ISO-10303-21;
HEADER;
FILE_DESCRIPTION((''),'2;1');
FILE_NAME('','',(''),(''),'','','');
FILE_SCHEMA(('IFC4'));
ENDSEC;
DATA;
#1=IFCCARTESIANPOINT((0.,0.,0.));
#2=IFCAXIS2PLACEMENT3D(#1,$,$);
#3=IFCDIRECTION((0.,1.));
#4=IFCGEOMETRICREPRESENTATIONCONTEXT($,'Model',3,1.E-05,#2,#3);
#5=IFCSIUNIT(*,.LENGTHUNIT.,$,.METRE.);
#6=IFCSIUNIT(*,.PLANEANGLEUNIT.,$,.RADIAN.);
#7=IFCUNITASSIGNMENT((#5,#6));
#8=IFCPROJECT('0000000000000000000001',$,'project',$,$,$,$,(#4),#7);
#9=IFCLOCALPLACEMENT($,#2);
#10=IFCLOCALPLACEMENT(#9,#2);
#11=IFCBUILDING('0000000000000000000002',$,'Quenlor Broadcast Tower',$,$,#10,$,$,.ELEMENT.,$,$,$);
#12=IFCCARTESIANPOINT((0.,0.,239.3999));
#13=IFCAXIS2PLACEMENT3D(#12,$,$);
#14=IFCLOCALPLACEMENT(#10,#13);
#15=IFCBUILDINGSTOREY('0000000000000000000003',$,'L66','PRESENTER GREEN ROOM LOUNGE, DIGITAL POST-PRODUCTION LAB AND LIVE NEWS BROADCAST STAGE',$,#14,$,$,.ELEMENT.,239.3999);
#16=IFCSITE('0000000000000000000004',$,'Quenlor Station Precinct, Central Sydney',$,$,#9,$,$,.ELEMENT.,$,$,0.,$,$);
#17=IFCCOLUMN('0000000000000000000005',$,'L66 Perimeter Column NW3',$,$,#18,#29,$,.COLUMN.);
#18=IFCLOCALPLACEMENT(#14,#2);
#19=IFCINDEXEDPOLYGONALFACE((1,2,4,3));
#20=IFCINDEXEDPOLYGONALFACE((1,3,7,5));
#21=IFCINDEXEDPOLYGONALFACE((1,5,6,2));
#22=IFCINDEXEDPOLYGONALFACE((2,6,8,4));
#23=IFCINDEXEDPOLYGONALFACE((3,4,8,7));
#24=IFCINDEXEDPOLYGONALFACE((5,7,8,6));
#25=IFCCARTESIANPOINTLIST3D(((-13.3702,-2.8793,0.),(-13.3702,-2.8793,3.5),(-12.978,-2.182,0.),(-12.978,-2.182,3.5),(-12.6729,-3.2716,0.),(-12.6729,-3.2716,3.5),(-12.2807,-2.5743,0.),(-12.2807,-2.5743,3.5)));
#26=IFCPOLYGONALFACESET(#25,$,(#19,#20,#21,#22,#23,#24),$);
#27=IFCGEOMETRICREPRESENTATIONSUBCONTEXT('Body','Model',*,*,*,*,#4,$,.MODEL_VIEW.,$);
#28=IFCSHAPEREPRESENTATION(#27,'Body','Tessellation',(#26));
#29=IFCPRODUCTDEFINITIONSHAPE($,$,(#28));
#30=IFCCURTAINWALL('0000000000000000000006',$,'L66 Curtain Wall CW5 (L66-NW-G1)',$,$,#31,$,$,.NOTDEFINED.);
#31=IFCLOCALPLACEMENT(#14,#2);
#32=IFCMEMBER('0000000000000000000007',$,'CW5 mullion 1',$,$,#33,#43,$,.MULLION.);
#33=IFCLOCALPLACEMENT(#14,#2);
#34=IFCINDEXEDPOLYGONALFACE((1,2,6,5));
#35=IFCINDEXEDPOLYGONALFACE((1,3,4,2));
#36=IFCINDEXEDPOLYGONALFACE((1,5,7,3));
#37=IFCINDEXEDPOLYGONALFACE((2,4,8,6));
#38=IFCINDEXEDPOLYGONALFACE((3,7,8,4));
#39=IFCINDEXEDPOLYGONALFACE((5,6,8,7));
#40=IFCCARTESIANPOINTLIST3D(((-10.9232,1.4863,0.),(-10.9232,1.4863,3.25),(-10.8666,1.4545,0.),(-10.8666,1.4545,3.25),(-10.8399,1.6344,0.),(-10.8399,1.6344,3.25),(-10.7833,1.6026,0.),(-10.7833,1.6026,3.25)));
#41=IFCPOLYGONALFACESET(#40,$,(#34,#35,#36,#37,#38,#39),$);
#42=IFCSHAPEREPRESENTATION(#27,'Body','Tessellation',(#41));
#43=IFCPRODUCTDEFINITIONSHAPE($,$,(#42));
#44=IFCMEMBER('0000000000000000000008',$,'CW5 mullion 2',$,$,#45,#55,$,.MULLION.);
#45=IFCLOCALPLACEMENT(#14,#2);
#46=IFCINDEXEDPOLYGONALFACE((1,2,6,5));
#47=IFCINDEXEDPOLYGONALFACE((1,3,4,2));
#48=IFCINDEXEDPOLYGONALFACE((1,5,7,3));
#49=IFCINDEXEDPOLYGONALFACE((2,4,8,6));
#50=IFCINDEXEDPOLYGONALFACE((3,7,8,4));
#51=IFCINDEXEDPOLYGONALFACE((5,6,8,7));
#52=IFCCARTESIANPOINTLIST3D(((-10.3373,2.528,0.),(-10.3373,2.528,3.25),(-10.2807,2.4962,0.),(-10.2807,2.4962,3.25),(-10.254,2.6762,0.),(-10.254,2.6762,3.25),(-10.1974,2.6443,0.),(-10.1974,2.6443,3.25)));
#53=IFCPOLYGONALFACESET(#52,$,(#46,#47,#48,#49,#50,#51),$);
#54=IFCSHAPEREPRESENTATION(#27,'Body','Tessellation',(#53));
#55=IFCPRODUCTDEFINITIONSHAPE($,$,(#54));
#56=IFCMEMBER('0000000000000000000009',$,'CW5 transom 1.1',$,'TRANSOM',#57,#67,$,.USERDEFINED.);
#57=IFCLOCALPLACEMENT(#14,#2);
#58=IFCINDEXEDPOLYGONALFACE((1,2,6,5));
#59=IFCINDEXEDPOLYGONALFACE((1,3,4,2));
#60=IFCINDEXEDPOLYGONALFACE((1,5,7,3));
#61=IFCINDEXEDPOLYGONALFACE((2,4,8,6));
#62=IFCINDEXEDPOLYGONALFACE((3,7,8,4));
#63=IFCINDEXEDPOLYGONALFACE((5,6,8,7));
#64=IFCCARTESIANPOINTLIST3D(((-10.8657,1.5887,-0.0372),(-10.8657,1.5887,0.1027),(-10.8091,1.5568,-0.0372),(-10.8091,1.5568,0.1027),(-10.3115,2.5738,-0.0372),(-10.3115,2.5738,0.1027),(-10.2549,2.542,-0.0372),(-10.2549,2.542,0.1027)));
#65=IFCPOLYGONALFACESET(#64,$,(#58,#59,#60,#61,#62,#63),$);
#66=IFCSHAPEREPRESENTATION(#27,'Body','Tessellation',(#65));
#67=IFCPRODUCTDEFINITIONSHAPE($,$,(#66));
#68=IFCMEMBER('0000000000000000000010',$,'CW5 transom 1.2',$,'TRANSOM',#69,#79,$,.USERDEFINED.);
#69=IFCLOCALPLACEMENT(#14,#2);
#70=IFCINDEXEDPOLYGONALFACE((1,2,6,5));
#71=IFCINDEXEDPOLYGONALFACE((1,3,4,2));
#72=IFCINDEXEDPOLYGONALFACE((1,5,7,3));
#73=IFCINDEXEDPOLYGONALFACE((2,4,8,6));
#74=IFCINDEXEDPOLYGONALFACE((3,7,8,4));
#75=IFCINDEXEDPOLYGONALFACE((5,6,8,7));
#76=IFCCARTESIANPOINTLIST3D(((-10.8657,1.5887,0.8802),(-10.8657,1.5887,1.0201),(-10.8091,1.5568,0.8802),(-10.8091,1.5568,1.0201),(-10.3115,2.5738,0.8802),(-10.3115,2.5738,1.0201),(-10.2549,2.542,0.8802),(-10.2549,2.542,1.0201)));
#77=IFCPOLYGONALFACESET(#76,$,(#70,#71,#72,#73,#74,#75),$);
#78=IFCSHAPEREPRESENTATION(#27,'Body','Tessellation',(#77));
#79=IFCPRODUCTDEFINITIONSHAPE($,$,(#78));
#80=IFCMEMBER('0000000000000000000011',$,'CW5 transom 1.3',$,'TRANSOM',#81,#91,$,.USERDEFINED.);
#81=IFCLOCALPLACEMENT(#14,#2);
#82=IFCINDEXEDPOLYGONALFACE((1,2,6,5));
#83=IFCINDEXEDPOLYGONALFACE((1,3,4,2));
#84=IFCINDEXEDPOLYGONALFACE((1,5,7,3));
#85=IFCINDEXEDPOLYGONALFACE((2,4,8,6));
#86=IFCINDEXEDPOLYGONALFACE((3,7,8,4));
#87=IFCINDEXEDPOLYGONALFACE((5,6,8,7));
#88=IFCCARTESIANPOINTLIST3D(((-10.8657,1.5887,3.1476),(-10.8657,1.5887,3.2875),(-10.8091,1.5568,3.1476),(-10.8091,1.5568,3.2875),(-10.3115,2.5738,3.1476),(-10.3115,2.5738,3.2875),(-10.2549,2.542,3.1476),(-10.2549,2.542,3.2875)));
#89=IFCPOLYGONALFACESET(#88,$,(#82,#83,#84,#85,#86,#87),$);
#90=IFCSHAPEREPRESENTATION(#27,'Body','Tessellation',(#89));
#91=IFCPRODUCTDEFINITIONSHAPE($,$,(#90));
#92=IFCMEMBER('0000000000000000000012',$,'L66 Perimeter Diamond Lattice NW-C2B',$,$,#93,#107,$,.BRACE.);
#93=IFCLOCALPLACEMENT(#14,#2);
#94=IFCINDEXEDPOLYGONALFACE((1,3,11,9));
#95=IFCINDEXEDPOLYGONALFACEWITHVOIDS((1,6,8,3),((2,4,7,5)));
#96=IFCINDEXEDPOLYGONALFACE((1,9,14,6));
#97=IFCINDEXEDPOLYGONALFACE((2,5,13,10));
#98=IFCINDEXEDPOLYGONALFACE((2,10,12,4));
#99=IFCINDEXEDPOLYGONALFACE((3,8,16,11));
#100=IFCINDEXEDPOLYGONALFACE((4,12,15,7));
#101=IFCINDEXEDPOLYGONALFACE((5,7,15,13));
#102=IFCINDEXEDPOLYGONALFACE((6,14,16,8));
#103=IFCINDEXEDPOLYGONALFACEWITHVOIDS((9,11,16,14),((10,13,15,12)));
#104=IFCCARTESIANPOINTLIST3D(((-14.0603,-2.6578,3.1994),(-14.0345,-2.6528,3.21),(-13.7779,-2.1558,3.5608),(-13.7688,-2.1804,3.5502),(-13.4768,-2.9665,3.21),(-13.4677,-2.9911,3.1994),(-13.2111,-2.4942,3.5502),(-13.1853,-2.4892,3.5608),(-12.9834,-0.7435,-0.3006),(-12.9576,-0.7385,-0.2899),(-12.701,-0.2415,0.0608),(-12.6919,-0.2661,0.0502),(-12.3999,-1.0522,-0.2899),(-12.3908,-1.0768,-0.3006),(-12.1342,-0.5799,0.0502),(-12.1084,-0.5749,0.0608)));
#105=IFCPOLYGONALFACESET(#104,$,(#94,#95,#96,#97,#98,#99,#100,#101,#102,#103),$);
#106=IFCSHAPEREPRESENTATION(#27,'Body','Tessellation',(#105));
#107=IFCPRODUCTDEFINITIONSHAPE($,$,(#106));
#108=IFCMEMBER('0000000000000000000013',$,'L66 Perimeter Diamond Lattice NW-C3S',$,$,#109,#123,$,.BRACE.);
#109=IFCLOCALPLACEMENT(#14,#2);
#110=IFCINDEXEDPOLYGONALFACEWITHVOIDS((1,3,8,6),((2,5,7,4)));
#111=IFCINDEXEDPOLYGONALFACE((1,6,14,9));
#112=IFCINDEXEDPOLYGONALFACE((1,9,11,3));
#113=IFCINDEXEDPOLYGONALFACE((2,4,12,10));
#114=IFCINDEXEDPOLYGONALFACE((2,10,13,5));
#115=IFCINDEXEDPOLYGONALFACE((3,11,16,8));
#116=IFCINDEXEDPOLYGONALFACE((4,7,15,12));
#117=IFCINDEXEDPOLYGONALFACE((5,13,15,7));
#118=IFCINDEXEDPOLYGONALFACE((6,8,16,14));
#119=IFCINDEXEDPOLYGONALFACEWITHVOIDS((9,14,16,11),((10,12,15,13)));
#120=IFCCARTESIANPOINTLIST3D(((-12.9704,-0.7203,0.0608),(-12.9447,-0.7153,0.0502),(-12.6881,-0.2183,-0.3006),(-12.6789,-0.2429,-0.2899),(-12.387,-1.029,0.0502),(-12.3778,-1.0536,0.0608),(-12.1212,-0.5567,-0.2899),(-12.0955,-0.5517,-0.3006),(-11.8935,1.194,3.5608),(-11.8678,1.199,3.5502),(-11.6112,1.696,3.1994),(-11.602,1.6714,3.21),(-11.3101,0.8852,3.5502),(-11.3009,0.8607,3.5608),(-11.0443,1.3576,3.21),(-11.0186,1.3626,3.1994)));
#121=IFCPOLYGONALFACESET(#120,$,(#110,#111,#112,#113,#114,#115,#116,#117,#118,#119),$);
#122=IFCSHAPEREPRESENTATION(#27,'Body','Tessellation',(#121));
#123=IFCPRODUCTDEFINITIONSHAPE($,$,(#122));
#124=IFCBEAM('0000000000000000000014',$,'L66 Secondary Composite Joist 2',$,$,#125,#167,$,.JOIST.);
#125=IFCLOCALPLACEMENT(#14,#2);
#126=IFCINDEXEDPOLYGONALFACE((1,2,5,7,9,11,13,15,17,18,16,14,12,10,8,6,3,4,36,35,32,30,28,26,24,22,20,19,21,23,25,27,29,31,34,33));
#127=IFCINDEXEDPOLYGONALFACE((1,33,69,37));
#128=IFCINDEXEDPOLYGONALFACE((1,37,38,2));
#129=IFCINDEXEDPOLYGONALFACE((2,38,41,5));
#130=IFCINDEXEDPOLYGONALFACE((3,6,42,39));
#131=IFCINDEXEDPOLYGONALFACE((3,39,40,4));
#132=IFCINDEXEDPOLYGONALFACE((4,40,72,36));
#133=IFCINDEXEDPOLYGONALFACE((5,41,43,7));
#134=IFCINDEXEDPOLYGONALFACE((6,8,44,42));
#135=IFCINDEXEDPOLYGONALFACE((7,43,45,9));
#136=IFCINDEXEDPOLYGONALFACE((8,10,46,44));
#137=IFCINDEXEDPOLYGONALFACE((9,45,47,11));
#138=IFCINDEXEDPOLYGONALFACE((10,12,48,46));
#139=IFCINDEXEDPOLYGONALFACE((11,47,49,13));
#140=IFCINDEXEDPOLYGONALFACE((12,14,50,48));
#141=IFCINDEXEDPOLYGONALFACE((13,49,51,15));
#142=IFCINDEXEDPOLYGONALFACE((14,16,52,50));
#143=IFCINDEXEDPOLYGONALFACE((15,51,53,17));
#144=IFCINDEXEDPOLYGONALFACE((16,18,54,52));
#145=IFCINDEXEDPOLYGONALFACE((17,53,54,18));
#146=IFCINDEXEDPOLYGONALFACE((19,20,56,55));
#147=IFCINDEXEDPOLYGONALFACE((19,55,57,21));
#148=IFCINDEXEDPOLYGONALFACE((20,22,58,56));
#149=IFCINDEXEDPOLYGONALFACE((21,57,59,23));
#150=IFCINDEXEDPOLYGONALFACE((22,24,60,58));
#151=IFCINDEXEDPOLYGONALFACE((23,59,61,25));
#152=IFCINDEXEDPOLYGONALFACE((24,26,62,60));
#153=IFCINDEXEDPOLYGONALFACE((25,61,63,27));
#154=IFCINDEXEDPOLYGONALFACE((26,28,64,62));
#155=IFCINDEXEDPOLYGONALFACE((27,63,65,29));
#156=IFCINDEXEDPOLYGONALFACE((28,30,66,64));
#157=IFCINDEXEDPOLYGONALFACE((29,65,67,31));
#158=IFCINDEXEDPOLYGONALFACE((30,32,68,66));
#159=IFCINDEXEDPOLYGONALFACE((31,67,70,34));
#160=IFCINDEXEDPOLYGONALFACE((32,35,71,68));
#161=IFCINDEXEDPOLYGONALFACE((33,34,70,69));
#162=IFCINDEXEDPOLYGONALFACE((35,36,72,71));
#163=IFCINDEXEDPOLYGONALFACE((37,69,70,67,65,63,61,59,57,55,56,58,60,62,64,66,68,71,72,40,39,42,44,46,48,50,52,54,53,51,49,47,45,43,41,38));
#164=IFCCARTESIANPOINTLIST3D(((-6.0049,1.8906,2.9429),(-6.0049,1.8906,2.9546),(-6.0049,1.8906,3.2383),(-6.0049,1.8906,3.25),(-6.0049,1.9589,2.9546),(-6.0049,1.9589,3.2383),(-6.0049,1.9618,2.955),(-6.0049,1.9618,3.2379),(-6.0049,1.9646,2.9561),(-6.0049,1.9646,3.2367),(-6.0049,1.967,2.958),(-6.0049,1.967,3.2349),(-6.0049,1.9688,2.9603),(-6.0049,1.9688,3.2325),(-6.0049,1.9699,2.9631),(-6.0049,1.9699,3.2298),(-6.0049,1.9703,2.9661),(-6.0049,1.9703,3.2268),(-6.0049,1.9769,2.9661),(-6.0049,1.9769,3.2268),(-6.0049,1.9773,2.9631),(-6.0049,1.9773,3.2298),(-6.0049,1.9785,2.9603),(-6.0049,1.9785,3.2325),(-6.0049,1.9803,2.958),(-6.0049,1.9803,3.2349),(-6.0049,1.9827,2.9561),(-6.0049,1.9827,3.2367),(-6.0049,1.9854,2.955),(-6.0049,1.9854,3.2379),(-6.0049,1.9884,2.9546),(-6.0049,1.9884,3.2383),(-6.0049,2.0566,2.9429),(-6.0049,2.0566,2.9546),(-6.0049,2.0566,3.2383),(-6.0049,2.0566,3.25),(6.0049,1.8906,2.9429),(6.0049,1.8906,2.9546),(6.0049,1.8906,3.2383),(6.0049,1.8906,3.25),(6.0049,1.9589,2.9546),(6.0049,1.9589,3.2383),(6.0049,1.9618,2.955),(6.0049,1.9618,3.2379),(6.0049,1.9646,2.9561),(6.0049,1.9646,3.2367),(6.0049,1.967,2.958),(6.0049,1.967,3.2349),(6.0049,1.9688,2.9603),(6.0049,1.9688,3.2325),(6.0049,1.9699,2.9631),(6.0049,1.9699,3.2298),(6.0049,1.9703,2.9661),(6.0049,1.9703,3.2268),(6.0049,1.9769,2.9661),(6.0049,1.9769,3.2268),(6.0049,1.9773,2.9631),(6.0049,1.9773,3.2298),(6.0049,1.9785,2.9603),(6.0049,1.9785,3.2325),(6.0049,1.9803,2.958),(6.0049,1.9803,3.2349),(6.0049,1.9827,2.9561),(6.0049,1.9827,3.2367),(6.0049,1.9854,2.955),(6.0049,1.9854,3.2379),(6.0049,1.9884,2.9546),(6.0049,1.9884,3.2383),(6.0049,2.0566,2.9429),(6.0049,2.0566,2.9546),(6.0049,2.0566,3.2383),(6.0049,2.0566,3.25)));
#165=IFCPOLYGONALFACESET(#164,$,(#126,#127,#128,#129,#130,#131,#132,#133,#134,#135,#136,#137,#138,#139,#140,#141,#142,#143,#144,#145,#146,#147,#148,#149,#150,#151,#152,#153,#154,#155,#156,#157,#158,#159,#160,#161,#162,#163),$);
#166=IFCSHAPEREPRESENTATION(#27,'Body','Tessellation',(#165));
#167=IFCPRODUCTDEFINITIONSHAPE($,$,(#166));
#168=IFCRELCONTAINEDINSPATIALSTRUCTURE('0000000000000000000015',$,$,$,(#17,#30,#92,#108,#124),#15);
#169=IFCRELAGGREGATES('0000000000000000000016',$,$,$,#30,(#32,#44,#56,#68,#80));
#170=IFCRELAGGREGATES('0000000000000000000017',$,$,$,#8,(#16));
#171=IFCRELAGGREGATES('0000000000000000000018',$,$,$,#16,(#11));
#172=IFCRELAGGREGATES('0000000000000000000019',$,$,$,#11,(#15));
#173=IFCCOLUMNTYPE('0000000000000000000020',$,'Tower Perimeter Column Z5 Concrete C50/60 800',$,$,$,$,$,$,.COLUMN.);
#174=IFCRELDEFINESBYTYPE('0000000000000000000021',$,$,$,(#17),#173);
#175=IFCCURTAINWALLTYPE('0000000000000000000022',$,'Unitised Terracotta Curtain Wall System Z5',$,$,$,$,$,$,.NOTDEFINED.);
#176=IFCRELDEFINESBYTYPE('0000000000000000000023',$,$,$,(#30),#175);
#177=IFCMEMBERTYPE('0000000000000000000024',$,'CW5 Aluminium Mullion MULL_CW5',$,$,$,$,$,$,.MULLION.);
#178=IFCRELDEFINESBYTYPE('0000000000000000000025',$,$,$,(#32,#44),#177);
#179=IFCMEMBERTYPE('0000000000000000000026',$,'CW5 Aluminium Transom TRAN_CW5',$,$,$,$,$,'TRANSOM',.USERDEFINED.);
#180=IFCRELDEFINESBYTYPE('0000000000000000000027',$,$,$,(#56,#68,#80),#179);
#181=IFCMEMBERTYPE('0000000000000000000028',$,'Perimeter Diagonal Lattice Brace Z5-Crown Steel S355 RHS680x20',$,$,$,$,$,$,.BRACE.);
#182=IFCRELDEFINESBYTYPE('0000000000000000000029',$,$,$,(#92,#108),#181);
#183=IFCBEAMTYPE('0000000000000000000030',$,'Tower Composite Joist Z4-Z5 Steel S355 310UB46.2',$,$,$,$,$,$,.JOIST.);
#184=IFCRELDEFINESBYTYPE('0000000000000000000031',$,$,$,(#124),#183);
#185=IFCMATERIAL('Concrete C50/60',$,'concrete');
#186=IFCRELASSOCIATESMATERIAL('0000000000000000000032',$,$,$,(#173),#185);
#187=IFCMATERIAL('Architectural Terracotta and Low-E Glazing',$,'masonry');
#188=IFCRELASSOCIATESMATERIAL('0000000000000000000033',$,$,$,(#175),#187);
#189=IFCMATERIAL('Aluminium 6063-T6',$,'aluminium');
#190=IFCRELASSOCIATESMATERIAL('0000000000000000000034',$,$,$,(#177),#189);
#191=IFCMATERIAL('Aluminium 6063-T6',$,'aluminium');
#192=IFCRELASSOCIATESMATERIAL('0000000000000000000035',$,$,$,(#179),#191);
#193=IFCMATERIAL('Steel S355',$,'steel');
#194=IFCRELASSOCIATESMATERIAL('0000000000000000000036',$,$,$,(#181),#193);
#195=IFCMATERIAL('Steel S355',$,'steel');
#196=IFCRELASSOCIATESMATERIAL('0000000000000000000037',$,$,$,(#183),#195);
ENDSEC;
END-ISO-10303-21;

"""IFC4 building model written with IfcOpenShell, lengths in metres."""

from ifc_helpers import new_model, si_unit, direction, frame, origin, origin_2d, place, context, subcontext, project, spatial, rectangle, hollow_rectangle, i_section, extrude, material, material_profile, profile_set, type_object, element, aggregate, save


model = new_model("IFC4")

# Units and contexts
model_context = context("Model", 3, precision=1e-05, world=origin(), true_north=direction((0.0, 1.0)))
body_context = subcontext(model_context, "Body", "Model", "MODEL_VIEW")
ifc_project = project(units=[si_unit("LENGTHUNIT", "METRE"), si_unit("PLANEANGLEUNIT", "RADIAN")], contexts=[model_context])

# Site, building, storey
site_placement = place(None, origin())
site = spatial("IfcSite", under=ifc_project, at=site_placement, Name="Quenlor Station Precinct, Central Sydney", CompositionType="ELEMENT", RefElevation=0.0)
building_placement = place(site_placement, origin())
building = spatial("IfcBuilding", under=site, at=building_placement, Name="Quenlor Broadcast Tower", CompositionType="ELEMENT")
storey_placement = place(building_placement, frame((0.0, 0.0, 239.3999)))
storey = spatial("IfcBuildingStorey", under=building, at=storey_placement, Name="L66", Description="PRESENTER GREEN ROOM LOUNGE, DIGITAL POST-PRODUCTION LAB AND LIVE NEWS BROADCAST STAGE", CompositionType="ELEMENT", Elevation=239.3999)

# Column
ifc_material_1 = material(Name="Concrete C50/60", Category="concrete")
ifc_material_profile_1 = material_profile(ifc_material_1, rectangle(XDim=0.8, YDim=0.8, at=origin_2d()))
ifc_profile_set_1 = profile_set([ifc_material_profile_1], Name="Concrete C50/60 RC800x800")
column_type = type_object("IfcColumnType", Name="Tower Perimeter Column Z5 Concrete C50/60 800", PredefinedType="COLUMN", material=ifc_profile_set_1)
column_placement = place(storey_placement, frame((-12.8254, -2.7268, 0.0), z_axis=(0.0, 0.0, 1.0), x_axis=(-0.871575, 0.490262, 0.0)))
element("IfcColumn", 1, at=column_placement, inside=storey, type_object=column_type, Name="L66 Perimeter Column NW3", PredefinedType="COLUMN", context=body_context, shape_type="SweptSolid", body=[
    extrude(rectangle(XDim=0.8, YDim=0.8, at=origin_2d()), origin(), (0.0, 0.0, 1.0), 3.5),
])

# Curtain wall, members
ifc_material_2 = material(Name="Architectural Terracotta and Low-E Glazing", Category="masonry")
curtain_wall_type = type_object("IfcCurtainWallType", Name="Unitised Terracotta Curtain Wall System Z5", PredefinedType="NOTDEFINED", material=ifc_material_2)
curtain_wall_placement = place(storey_placement, origin())
curtain_wall = element("IfcCurtainWall", 2, at=curtain_wall_placement, inside=storey, type_object=curtain_wall_type, Name="L66 Curtain Wall CW5 (L66-NW-G1)", PredefinedType="NOTDEFINED")
ifc_material_3 = material(Name="Aluminium 6063-T6", Category="aluminium")
ifc_material_profile_2 = material_profile(ifc_material_3, rectangle(XDim=0.0649, YDim=0.1699, at=origin_2d()))
ifc_profile_set_2 = profile_set([ifc_material_profile_2], Name="Aluminium 6063-T6 MULL65x170")
member_type_1 = type_object("IfcMemberType", Name="CW5 Aluminium Mullion MULL_CW5", PredefinedType="MULLION", material=ifc_profile_set_2)
member_1_placement = place(storey_placement, frame((-10.8533, 1.5444, 0.0), z_axis=(0.0, 0.0, 1.0), x_axis=(-0.871592, 0.490231, 0.0)))
member_1 = element("IfcMember", 3, at=member_1_placement, type_object=member_type_1, Name="CW5 mullion 1", PredefinedType="MULLION", context=body_context, shape_type="SweptSolid", body=[
    extrude(rectangle(XDim=0.0649, YDim=0.1699, at=origin_2d()), origin(), (0.0, 0.0, 1.0), 3.25),
])
member_2_placement = place(storey_placement, frame((-10.2673, 2.5862, 0.0), z_axis=(0.0, 0.0, 1.0), x_axis=(-0.871592, 0.490231, 0.0)))
member_2 = element("IfcMember", 4, at=member_2_placement, type_object=member_type_1, Name="CW5 mullion 2", PredefinedType="MULLION", context=body_context, shape_type="SweptSolid", body=[
    extrude(rectangle(XDim=0.0649, YDim=0.1699, at=origin_2d()), origin(), (0.0, 0.0, 1.0), 3.25),
])
ifc_material_4 = material(Name="Aluminium 6063-T6", Category="aluminium")
ifc_material_profile_3 = material_profile(ifc_material_4, rectangle(XDim=0.0649, YDim=0.1399, at=origin_2d()))
ifc_profile_set_3 = profile_set([ifc_material_profile_3], Name="Aluminium 6063-T6 TRAN65x140")
member_type_2 = type_object("IfcMemberType", Name="CW5 Aluminium Transom TRAN_CW5", ElementType="TRANSOM", PredefinedType="USERDEFINED", material=ifc_profile_set_3)
member_3_placement = place(storey_placement, frame((-10.8374, 1.5728, 0.0327), z_axis=(0.490313, 0.871547, 0.0), x_axis=(-0.871547, 0.490313, 0.0)))
member_3 = element("IfcMember", 5, at=member_3_placement, type_object=member_type_2, Name="CW5 transom 1.1", ObjectType="TRANSOM", PredefinedType="USERDEFINED", context=body_context, shape_type="SweptSolid", body=[
    extrude(rectangle(XDim=0.0649, YDim=0.1399, at=origin_2d()), origin(), (0.0, 0.0, 1.0), 1.1304),
])
member_4_placement = place(storey_placement, frame((-10.8374, 1.5728, 0.9502), z_axis=(0.490313, 0.871547, 0.0), x_axis=(-0.871547, 0.490313, 0.0)))
member_4 = element("IfcMember", 6, at=member_4_placement, type_object=member_type_2, Name="CW5 transom 1.2", ObjectType="TRANSOM", PredefinedType="USERDEFINED", context=body_context, shape_type="SweptSolid", body=[
    extrude(rectangle(XDim=0.0649, YDim=0.1399, at=origin_2d()), origin(), (0.0, 0.0, 1.0), 1.1304),
])
member_5_placement = place(storey_placement, frame((-10.8374, 1.5728, 3.2175), z_axis=(0.490313, 0.871547, 0.0), x_axis=(-0.871547, 0.490313, 0.0)))
member_5 = element("IfcMember", 7, at=member_5_placement, type_object=member_type_2, Name="CW5 transom 1.3", ObjectType="TRANSOM", PredefinedType="USERDEFINED", context=body_context, shape_type="SweptSolid", body=[
    extrude(rectangle(XDim=0.0649, YDim=0.1399, at=origin_2d()), origin(), (0.0, 0.0, 1.0), 1.1304),
])

# Members
ifc_material_5 = material(Name="Steel S355", Category="steel")
ifc_material_profile_4 = material_profile(ifc_material_5, hollow_rectangle(XDim=0.6799, YDim=0.6799, WallThickness=0.02, at=origin_2d()))
ifc_profile_set_4 = profile_set([ifc_material_profile_4], Name="Steel S355 RHS680x680x20")
member_type_3 = type_object("IfcMemberType", Name="Perimeter Diagonal Lattice Brace Z5-Crown Steel S355 RHS680x20", PredefinedType="BRACE", material=ifc_profile_set_4)
for number, where, z_axis, x_axis, name in (
    (8, (-12.5459, -0.6592, -0.1199), (-0.260619, -0.463276, 0.847026), (0.871555, -0.490298, 0.0), "L66 Perimeter Diamond Lattice NW-C2B"),
    (9, (-12.533, -0.636, -0.1199), (0.260619, 0.463276, 0.847026), (-0.871555, 0.490298, 0.0), "L66 Perimeter Diamond Lattice NW-C3S"),
):
    element("IfcMember", number, at=place(storey_placement, frame(where, z_axis=z_axis, x_axis=x_axis)), inside=storey, type_object=member_type_3, Name=name, PredefinedType="BRACE", context=body_context, shape_type="SweptSolid", body=[
        extrude(hollow_rectangle(XDim=0.6799, YDim=0.6799, WallThickness=0.02, at=origin_2d()), origin(), (0.0, 0.0, 1.0), 4.1321),
    ])

# Beam
ifc_material_6 = material(Name="Steel S355", Category="steel")
ifc_material_profile_5 = material_profile(ifc_material_6, i_section(OverallWidth=0.166, OverallDepth=0.3071, WebThickness=0.0066, FlangeThickness=0.0117, FilletRadius=0.0115, at=origin_2d()))
ifc_profile_set_5 = profile_set([ifc_material_profile_5], Name="Steel S355 310UB46.2")
beam_type = type_object("IfcBeamType", Name="Tower Composite Joist Z4-Z5 Steel S355 310UB46.2", PredefinedType="JOIST", material=ifc_profile_set_5)
beam_1_placement = place(storey_placement, frame((-6.0049, 1.9736, 3.0964), z_axis=(1.0, 0.0, 0.0), x_axis=(0.0, 1.0, 0.0)))
element("IfcBeam", 10, at=beam_1_placement, inside=storey, type_object=beam_type, Name="L66 Secondary Composite Joist 2", PredefinedType="JOIST", context=body_context, shape_type="SweptSolid", body=[
    extrude(i_section(OverallWidth=0.166, OverallDepth=0.3071, WebThickness=0.0066, FlangeThickness=0.0117, FilletRadius=0.0115, at=origin_2d()), origin(), (0.0, 0.0, 1.0), 12.0098),
])

aggregate(curtain_wall, [member_1, member_2, member_3, member_4, member_5])

save(model, "model.ifc")
